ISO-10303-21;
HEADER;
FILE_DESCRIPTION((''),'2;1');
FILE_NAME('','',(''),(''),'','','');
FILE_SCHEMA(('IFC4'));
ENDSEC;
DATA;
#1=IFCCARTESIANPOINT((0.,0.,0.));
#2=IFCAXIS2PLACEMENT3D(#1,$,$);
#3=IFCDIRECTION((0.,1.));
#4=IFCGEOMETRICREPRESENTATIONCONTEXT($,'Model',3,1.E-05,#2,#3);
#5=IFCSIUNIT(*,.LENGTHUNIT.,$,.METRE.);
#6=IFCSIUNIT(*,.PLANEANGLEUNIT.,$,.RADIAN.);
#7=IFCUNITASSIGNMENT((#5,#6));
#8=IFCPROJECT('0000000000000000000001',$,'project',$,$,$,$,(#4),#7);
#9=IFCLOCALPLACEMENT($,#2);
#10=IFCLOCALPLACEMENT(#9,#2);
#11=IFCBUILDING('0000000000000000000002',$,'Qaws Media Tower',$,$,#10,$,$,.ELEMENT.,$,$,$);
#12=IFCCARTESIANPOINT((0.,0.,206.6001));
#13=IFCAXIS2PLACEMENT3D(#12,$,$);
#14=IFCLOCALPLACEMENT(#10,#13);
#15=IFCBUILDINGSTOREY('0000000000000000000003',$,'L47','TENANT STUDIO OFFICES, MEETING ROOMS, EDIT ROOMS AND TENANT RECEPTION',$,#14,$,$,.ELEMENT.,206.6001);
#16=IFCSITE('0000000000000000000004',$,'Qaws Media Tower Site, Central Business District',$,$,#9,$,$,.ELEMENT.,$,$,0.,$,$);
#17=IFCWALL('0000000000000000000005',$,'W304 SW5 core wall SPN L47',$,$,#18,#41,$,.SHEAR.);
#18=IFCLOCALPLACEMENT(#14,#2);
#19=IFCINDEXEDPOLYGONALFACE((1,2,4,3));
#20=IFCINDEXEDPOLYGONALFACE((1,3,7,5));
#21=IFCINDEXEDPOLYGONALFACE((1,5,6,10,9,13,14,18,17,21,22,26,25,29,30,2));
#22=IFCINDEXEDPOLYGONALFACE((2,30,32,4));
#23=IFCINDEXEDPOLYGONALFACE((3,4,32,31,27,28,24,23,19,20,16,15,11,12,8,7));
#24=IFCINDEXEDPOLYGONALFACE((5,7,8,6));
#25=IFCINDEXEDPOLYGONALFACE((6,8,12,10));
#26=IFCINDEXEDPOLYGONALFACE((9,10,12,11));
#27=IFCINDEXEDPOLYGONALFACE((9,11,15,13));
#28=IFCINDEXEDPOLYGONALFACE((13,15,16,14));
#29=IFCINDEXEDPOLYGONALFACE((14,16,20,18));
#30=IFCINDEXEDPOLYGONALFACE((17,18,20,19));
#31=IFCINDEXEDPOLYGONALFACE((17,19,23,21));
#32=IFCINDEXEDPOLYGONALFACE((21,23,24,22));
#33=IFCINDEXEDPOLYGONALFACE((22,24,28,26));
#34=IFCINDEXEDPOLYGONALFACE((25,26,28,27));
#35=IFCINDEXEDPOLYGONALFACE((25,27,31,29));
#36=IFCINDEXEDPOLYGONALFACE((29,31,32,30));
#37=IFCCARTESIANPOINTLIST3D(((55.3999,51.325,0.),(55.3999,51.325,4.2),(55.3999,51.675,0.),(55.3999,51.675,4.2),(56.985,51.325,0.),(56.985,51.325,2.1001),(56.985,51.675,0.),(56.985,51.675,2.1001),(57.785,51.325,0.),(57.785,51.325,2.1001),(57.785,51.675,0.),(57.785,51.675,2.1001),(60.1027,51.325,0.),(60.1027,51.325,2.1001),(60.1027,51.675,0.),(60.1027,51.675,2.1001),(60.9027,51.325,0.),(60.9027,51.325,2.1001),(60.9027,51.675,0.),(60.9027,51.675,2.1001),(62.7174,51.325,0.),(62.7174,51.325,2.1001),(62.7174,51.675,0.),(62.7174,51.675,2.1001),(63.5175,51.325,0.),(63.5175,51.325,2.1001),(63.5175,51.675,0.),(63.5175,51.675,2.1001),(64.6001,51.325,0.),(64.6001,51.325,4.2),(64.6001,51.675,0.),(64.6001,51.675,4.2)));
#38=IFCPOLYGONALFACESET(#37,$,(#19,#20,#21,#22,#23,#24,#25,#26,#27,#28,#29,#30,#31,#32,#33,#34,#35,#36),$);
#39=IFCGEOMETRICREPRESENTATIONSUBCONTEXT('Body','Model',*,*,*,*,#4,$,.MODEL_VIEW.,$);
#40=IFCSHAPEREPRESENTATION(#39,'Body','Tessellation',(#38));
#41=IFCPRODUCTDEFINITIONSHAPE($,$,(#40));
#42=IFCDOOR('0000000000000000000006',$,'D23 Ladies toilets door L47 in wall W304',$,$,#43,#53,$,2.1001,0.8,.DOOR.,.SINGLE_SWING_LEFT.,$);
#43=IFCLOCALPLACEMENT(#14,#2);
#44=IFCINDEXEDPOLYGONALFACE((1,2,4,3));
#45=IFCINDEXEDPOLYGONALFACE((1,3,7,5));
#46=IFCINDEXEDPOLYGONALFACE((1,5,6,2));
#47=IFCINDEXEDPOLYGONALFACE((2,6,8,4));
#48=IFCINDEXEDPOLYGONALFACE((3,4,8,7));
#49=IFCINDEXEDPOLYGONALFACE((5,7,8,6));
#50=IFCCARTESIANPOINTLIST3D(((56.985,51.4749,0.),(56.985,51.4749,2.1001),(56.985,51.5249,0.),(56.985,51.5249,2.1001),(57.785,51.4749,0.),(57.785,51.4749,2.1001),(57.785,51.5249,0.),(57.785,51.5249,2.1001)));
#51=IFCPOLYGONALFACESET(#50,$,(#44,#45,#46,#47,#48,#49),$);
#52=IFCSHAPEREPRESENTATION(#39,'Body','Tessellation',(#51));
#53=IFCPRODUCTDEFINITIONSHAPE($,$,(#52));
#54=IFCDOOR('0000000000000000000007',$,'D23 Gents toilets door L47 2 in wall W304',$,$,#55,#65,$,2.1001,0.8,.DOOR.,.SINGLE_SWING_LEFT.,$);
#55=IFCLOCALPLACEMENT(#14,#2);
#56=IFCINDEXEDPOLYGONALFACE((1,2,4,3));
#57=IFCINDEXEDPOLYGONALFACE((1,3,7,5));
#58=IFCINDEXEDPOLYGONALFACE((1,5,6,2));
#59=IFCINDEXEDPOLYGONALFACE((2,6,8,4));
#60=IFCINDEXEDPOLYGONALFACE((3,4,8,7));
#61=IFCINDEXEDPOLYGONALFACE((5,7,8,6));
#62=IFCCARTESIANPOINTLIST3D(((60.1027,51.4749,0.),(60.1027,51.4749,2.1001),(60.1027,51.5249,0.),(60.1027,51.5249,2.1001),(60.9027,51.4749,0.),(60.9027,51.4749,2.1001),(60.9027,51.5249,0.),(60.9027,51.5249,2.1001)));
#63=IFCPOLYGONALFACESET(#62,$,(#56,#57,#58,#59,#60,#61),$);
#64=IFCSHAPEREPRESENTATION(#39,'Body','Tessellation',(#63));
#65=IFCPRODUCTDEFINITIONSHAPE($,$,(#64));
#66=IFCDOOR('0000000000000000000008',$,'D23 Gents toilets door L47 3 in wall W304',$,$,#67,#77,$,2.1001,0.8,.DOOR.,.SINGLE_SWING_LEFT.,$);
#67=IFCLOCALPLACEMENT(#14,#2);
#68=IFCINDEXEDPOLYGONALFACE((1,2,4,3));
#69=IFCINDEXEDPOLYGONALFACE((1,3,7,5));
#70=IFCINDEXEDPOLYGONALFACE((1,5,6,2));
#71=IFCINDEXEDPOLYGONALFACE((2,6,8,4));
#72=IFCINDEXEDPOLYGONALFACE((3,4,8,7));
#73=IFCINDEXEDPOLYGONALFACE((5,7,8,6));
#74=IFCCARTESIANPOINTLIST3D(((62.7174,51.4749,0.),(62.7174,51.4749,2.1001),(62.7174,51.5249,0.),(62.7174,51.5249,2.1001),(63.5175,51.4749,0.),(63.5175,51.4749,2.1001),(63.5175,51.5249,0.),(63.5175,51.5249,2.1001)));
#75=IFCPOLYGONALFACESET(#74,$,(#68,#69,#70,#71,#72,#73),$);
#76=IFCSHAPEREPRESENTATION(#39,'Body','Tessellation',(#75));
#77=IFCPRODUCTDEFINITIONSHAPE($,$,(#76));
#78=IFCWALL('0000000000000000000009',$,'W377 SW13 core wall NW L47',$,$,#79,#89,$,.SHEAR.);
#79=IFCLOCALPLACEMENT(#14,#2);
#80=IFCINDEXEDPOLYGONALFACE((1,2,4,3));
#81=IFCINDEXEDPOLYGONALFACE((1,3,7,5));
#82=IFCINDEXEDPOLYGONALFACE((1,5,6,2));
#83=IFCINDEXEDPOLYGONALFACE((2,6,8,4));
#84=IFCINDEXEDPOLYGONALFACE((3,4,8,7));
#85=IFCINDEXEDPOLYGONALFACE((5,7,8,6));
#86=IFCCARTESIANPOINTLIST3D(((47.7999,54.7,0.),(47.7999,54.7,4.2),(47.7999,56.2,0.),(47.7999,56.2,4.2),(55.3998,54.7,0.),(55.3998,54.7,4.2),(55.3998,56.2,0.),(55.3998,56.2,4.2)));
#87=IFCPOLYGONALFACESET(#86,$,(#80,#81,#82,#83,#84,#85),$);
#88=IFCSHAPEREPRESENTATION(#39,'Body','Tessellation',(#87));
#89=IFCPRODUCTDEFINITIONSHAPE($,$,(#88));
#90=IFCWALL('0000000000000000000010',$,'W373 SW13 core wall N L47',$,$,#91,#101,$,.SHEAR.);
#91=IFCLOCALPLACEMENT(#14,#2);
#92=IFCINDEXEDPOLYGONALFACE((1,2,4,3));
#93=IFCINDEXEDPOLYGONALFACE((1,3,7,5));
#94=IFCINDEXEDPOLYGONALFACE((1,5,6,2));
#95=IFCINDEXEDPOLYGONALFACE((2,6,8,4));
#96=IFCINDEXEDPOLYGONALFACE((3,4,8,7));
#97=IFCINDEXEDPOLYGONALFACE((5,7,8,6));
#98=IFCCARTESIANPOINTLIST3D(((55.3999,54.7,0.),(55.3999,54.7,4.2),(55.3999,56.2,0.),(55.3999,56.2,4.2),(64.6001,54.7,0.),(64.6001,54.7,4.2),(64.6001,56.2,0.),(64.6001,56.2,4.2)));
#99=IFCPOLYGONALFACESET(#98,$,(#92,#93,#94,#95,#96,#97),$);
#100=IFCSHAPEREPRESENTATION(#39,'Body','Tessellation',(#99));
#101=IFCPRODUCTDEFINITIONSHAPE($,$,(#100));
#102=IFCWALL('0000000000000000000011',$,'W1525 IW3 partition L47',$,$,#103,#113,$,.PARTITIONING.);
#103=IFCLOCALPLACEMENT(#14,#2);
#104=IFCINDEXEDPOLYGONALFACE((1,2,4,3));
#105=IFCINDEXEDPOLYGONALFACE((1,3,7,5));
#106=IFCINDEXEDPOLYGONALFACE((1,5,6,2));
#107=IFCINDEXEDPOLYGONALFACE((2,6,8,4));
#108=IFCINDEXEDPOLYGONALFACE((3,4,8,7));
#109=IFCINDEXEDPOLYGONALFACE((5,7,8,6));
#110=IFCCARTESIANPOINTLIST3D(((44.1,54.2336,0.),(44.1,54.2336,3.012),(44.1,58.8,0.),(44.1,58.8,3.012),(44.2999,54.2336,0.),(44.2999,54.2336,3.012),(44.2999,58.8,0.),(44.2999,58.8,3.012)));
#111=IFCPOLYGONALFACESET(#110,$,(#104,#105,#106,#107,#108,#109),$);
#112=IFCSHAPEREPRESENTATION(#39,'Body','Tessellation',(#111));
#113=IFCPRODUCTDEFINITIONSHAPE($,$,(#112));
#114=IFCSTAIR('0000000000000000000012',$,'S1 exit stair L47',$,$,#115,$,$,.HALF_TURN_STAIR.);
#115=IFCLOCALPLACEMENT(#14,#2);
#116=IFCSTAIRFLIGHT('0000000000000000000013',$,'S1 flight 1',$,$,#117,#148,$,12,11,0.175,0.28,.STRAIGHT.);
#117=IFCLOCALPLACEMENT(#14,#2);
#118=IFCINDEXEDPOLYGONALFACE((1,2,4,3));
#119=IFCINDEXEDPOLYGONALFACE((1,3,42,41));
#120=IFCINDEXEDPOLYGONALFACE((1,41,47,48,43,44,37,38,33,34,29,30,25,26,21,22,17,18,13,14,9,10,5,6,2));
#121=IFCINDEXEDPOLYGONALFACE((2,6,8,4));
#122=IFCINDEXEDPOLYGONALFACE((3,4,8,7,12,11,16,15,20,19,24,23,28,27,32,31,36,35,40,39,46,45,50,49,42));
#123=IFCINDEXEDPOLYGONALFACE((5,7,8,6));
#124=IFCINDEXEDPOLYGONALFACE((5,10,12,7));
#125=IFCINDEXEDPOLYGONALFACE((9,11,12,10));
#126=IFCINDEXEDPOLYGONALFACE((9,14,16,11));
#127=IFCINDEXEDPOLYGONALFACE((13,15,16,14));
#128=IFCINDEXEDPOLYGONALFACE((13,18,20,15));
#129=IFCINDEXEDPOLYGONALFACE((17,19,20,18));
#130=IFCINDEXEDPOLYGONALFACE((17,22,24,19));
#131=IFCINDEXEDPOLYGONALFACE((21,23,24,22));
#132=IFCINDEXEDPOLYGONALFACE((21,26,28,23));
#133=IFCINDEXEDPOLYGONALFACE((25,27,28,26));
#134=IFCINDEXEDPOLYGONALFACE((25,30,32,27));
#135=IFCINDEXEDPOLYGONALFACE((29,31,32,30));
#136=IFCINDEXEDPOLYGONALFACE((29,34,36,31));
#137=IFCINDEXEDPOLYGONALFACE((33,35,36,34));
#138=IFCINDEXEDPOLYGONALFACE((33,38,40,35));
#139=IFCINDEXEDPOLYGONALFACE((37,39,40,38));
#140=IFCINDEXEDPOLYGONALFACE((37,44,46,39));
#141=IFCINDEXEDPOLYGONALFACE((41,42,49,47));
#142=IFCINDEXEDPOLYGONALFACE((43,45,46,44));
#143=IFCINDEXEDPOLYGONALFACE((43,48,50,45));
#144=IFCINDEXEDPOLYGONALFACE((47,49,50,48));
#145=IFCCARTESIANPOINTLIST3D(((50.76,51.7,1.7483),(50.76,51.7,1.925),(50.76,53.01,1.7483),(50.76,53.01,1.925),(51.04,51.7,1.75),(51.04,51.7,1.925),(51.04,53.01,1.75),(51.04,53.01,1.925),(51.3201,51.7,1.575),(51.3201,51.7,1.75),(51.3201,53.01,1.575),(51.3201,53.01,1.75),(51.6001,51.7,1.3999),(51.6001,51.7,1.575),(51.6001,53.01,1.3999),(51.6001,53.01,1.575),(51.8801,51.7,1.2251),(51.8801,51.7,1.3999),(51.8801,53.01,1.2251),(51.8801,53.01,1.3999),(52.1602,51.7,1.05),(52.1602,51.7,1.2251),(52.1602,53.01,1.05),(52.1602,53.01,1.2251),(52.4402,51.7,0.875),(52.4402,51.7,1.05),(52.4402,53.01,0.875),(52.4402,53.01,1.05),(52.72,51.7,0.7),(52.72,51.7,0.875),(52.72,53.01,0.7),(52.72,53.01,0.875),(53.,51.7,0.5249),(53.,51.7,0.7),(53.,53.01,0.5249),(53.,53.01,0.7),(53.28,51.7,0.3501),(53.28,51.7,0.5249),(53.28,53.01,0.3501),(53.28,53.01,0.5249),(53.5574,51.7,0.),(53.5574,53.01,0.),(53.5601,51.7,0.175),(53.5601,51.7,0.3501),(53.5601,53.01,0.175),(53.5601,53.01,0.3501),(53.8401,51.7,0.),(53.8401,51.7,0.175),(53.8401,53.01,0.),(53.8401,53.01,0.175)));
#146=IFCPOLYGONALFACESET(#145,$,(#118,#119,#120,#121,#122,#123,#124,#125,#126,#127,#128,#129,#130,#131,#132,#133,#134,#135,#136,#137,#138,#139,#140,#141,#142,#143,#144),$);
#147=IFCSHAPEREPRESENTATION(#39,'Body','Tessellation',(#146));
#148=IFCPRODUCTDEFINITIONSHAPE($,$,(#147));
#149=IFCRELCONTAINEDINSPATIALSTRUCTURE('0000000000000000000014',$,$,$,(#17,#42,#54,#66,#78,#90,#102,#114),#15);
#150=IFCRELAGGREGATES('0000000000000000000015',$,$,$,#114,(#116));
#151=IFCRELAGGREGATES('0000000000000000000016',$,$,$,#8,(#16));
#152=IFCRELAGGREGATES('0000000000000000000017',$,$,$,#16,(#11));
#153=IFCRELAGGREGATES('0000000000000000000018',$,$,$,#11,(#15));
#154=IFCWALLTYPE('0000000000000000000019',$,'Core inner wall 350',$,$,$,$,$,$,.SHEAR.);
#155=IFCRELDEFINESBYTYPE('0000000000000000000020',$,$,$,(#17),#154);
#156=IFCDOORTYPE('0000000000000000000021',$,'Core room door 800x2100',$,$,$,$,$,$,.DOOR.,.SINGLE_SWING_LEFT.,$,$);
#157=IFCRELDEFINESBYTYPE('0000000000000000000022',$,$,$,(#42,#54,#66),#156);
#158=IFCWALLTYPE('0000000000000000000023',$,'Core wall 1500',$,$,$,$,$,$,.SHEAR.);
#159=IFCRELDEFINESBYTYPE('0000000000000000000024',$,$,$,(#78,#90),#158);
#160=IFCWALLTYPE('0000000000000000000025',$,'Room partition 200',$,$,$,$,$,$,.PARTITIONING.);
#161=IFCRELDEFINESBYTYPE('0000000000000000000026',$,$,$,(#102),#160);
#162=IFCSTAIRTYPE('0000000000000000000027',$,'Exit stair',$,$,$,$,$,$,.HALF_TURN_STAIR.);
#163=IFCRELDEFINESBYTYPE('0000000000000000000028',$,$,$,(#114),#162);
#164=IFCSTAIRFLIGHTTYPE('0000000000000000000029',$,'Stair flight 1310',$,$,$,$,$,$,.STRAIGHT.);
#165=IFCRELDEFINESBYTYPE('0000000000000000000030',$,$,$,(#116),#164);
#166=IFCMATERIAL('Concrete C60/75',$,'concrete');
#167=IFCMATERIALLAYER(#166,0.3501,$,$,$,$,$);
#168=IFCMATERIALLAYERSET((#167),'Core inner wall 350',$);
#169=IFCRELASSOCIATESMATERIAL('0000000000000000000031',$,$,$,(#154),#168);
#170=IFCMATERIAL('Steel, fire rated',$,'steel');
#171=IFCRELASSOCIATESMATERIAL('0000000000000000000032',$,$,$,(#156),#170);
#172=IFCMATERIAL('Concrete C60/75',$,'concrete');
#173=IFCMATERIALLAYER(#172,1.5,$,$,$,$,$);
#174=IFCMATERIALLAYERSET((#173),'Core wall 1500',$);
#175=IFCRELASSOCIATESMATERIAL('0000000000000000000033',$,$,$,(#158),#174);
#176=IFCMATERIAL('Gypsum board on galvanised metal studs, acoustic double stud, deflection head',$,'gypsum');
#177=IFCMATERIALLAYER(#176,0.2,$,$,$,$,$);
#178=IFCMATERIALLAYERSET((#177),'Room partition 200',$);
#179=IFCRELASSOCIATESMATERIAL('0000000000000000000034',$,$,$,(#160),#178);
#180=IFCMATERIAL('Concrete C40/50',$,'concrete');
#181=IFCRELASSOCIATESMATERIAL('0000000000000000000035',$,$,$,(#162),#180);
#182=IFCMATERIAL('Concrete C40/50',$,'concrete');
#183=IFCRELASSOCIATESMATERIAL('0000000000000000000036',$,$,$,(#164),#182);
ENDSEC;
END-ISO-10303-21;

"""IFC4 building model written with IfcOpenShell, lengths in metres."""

from ifc_helpers import new_model, si_unit, direction, frame, frame_2d, origin, place, context, subcontext, project, spatial, polyline, rectangle, outline, extrude, material, layer, layer_set, type_object, element, fill, aggregate, save


model = new_model("IFC4")

# Units and contexts
model_context = context("Model", 3, precision=1e-05, world=origin(), true_north=direction((0.0, 1.0)))
body_context = subcontext(model_context, "Body", "Model", "MODEL_VIEW")
ifc_project = project(units=[si_unit("LENGTHUNIT", "METRE"), si_unit("PLANEANGLEUNIT", "RADIAN")], contexts=[model_context])

# Site, building, storey
site_placement = place(None, origin())
site = spatial("IfcSite", under=ifc_project, at=site_placement, Name="Qaws Media Tower Site, Central Business District", CompositionType="ELEMENT", RefElevation=0.0)
building_placement = place(site_placement, origin())
building = spatial("IfcBuilding", under=site, at=building_placement, Name="Qaws Media Tower", CompositionType="ELEMENT")
storey_placement = place(building_placement, frame((0.0, 0.0, 206.6001)))
storey = spatial("IfcBuildingStorey", under=building, at=storey_placement, Name="L47", Description="TENANT STUDIO OFFICES, MEETING ROOMS, EDIT ROOMS AND TENANT RECEPTION", CompositionType="ELEMENT", Elevation=206.6001)

# Shared definitions
ifc_material_1 = material(Name="Concrete C60/75", Category="concrete")
ifc_layer_1 = layer(ifc_material_1, 0.3501)
ifc_layer_set_1 = layer_set([ifc_layer_1], Name="Core inner wall 350")
wall_type_1 = type_object("IfcWallType", Name="Core inner wall 350", PredefinedType="SHEAR", material=ifc_layer_set_1)

# Wall, openings, doors
wall_1_placement = place(storey_placement, frame((55.3999, 51.5, 0.0), z_axis=(0.0, 0.0, 1.0), x_axis=(1.0, 0.0, 0.0)))
wall_1 = element("IfcWall", 1, at=wall_1_placement, inside=storey, type_object=wall_type_1, Name="W304 SW5 core wall SPN L47", PredefinedType="SHEAR", context=body_context, shape_type="SweptSolid", body=[
    extrude(rectangle(XDim=9.2002, YDim=0.3501, at=frame_2d((4.6001, 0.0))), origin(), (0.0, 0.0, 1.0), 4.2),
])
opening_1_placement = place(wall_1_placement, frame((1.5852, 0.0, 0.0)))
opening_1 = element("IfcOpeningElement", 2, at=opening_1_placement, cuts=wall_1, PredefinedType="OPENING", context=body_context, shape_type="SweptSolid", body=[
    extrude(rectangle(XDim=0.8, YDim=2.1001, at=frame_2d((0.3999, 1.05))), frame((0.0, 0.1851, 0.0), z_axis=(0.0, -1.0, 0.0), x_axis=(1.0, 0.0, 0.0)), (0.0, 0.0, 1.0), 0.3701),
])
opening_2_placement = place(wall_1_placement, frame((4.7029, 0.0, 0.0)))
opening_2 = element("IfcOpeningElement", 3, at=opening_2_placement, cuts=wall_1, PredefinedType="OPENING", context=body_context, shape_type="SweptSolid", body=[
    extrude(rectangle(XDim=0.8, YDim=2.1001, at=frame_2d((0.3999, 1.05))), frame((0.0, 0.1851, 0.0), z_axis=(0.0, -1.0, 0.0), x_axis=(1.0, 0.0, 0.0)), (0.0, 0.0, 1.0), 0.3701),
])
opening_3_placement = place(wall_1_placement, frame((7.3176, 0.0, 0.0)))
opening_3 = element("IfcOpeningElement", 4, at=opening_3_placement, cuts=wall_1, PredefinedType="OPENING", context=body_context, shape_type="SweptSolid", body=[
    extrude(rectangle(XDim=0.8, YDim=2.1001, at=frame_2d((0.3999, 1.05))), frame((0.0, 0.1851, 0.0), z_axis=(0.0, -1.0, 0.0), x_axis=(1.0, 0.0, 0.0)), (0.0, 0.0, 1.0), 0.3701),
])
ifc_material_2 = material(Name="Steel, fire rated", Category="steel")
door_type_1 = type_object("IfcDoorType", Name="Core room door 800x2100", OperationType="SINGLE_SWING_LEFT", PredefinedType="DOOR", material=ifc_material_2)
door_1_placement = place(opening_1_placement, origin())
door_1 = element("IfcDoor", 5, at=door_1_placement, inside=storey, type_object=door_type_1, Name="D23 Ladies toilets door L47 in wall W304", OperationType="SINGLE_SWING_LEFT", OverallHeight=2.1001, OverallWidth=0.8, PredefinedType="DOOR", context=body_context, shape_type="SweptSolid", body=[
    extrude(rectangle(XDim=0.8, YDim=2.1001, at=frame_2d((0.3999, 1.05))), frame((0.0, 0.0249, 0.0), z_axis=(0.0, -1.0, 0.0), x_axis=(1.0, 0.0, 0.0)), (0.0, 0.0, 1.0), 0.05),
])
fill(opening_1, door_1)
door_2_placement = place(opening_2_placement, origin())
door_2 = element("IfcDoor", 6, at=door_2_placement, inside=storey, type_object=door_type_1, Name="D23 Gents toilets door L47 2 in wall W304", OperationType="SINGLE_SWING_LEFT", OverallHeight=2.1001, OverallWidth=0.8, PredefinedType="DOOR", context=body_context, shape_type="SweptSolid", body=[
    extrude(rectangle(XDim=0.8, YDim=2.1001, at=frame_2d((0.3999, 1.05))), frame((0.0, 0.0249, 0.0), z_axis=(0.0, -1.0, 0.0), x_axis=(1.0, 0.0, 0.0)), (0.0, 0.0, 1.0), 0.05),
])
fill(opening_2, door_2)
door_3_placement = place(opening_3_placement, origin())
door_3 = element("IfcDoor", 7, at=door_3_placement, inside=storey, type_object=door_type_1, Name="D23 Gents toilets door L47 3 in wall W304", OperationType="SINGLE_SWING_LEFT", OverallHeight=2.1001, OverallWidth=0.8, PredefinedType="DOOR", context=body_context, shape_type="SweptSolid", body=[
    extrude(rectangle(XDim=0.8, YDim=2.1001, at=frame_2d((0.3999, 1.05))), frame((0.0, 0.0249, 0.0), z_axis=(0.0, -1.0, 0.0), x_axis=(1.0, 0.0, 0.0)), (0.0, 0.0, 1.0), 0.05),
])
fill(opening_3, door_3)

# Walls
ifc_material_3 = material(Name="Concrete C60/75", Category="concrete")
ifc_layer_2 = layer(ifc_material_3, 1.5)
ifc_layer_set_2 = layer_set([ifc_layer_2], Name="Core wall 1500")
wall_type_2 = type_object("IfcWallType", Name="Core wall 1500", PredefinedType="SHEAR", material=ifc_layer_set_2)
wall_2_placement = place(storey_placement, frame((47.8, 55.45, 0.0), z_axis=(0.0, 0.0, 1.0), x_axis=(1.0, 0.0, 0.0)))
element("IfcWall", 8, at=wall_2_placement, inside=storey, type_object=wall_type_2, Name="W377 SW13 core wall NW L47", PredefinedType="SHEAR", context=body_context, shape_type="SweptSolid", body=[
    extrude(rectangle(XDim=7.5999, YDim=1.5, at=frame_2d((3.7998, 0.0))), origin(), (0.0, 0.0, 1.0), 4.2),
])
wall_3_placement = place(storey_placement, frame((55.3999, 55.45, 0.0), z_axis=(0.0, 0.0, 1.0), x_axis=(1.0, 0.0, 0.0)))
element("IfcWall", 9, at=wall_3_placement, inside=storey, type_object=wall_type_2, Name="W373 SW13 core wall N L47", PredefinedType="SHEAR", context=body_context, shape_type="SweptSolid", body=[
    extrude(rectangle(XDim=9.2002, YDim=1.5, at=frame_2d((4.6001, 0.0))), origin(), (0.0, 0.0, 1.0), 4.2),
])
ifc_material_4 = material(Name="Gypsum board on galvanised metal studs, acoustic double stud, deflection head", Category="gypsum")
ifc_layer_3 = layer(ifc_material_4, 0.2)
ifc_layer_set_3 = layer_set([ifc_layer_3], Name="Room partition 200")
wall_type_3 = type_object("IfcWallType", Name="Room partition 200", PredefinedType="PARTITIONING", material=ifc_layer_set_3)
wall_4_placement = place(storey_placement, frame((44.2, 54.2336, 0.0), z_axis=(0.0, 0.0, 1.0), x_axis=(0.0, 1.0, 0.0)))
element("IfcWall", 10, at=wall_4_placement, inside=storey, type_object=wall_type_3, Name="W1525 IW3 partition L47", PredefinedType="PARTITIONING", context=body_context, shape_type="SweptSolid", body=[
    extrude(rectangle(XDim=4.5664, YDim=0.2, at=frame_2d((2.2832, 0.0))), origin(), (0.0, 0.0, 1.0), 3.012),
])

# Stair, stair flight
ifc_material_5 = material(Name="Concrete C40/50", Category="concrete")
stair_type = type_object("IfcStairType", Name="Exit stair", PredefinedType="HALF_TURN_STAIR", material=ifc_material_5)
stair_placement = place(storey_placement, origin())
stair = element("IfcStair", 11, at=stair_placement, inside=storey, type_object=stair_type, Name="S1 exit stair L47", PredefinedType="HALF_TURN_STAIR")
ifc_material_6 = material(Name="Concrete C40/50", Category="concrete")
stair_flight_type = type_object("IfcStairFlightType", Name="Stair flight 1310", PredefinedType="STRAIGHT", material=ifc_material_6)
stair_flight_1_placement = place(storey_placement, frame((53.8401, 52.355, 0.0), z_axis=(0.0, 0.0, 1.0), x_axis=(-1.0, 0.0, 0.0)))
stair_flight_1 = element("IfcStairFlight", 12, at=stair_flight_1_placement, type_object=stair_flight_type, Name="S1 flight 1", NumberOfRisers=12, NumberOfTreads=11, PredefinedType="STRAIGHT", RiserHeight=0.175, TreadLength=0.28, context=body_context, shape_type="SweptSolid", body=[
    extrude(outline(polyline([(0.0, 0.0), (0.0, 0.175), (0.28, 0.175), (0.28, 0.3501), (0.5601, 0.3501), (0.5601, 0.5249), (0.8401, 0.5249), (0.8401, 0.7), (1.1201, 0.7), (1.1201, 0.875), (1.3999, 0.875), (1.3999, 1.05), (1.6799, 1.05), (1.6799, 1.2251), (1.96, 1.2251), (1.96, 1.3999), (2.24, 1.3999), (2.24, 1.575), (2.52, 1.575), (2.52, 1.75), (2.8, 1.75), (2.8, 1.925), (3.0801, 1.925), (3.0801, 2.1001), (3.0801, 1.7483), (0.2827, 0.0), (0.0, 0.0)])), frame((0.0, 0.655, 0.0), z_axis=(0.0, -1.0, 0.0), x_axis=(1.0, 0.0, 0.0)), (0.0, 0.0, 1.0), 1.3101),
])
aggregate(stair, [stair_flight_1])

save(model, "model.ifc")
